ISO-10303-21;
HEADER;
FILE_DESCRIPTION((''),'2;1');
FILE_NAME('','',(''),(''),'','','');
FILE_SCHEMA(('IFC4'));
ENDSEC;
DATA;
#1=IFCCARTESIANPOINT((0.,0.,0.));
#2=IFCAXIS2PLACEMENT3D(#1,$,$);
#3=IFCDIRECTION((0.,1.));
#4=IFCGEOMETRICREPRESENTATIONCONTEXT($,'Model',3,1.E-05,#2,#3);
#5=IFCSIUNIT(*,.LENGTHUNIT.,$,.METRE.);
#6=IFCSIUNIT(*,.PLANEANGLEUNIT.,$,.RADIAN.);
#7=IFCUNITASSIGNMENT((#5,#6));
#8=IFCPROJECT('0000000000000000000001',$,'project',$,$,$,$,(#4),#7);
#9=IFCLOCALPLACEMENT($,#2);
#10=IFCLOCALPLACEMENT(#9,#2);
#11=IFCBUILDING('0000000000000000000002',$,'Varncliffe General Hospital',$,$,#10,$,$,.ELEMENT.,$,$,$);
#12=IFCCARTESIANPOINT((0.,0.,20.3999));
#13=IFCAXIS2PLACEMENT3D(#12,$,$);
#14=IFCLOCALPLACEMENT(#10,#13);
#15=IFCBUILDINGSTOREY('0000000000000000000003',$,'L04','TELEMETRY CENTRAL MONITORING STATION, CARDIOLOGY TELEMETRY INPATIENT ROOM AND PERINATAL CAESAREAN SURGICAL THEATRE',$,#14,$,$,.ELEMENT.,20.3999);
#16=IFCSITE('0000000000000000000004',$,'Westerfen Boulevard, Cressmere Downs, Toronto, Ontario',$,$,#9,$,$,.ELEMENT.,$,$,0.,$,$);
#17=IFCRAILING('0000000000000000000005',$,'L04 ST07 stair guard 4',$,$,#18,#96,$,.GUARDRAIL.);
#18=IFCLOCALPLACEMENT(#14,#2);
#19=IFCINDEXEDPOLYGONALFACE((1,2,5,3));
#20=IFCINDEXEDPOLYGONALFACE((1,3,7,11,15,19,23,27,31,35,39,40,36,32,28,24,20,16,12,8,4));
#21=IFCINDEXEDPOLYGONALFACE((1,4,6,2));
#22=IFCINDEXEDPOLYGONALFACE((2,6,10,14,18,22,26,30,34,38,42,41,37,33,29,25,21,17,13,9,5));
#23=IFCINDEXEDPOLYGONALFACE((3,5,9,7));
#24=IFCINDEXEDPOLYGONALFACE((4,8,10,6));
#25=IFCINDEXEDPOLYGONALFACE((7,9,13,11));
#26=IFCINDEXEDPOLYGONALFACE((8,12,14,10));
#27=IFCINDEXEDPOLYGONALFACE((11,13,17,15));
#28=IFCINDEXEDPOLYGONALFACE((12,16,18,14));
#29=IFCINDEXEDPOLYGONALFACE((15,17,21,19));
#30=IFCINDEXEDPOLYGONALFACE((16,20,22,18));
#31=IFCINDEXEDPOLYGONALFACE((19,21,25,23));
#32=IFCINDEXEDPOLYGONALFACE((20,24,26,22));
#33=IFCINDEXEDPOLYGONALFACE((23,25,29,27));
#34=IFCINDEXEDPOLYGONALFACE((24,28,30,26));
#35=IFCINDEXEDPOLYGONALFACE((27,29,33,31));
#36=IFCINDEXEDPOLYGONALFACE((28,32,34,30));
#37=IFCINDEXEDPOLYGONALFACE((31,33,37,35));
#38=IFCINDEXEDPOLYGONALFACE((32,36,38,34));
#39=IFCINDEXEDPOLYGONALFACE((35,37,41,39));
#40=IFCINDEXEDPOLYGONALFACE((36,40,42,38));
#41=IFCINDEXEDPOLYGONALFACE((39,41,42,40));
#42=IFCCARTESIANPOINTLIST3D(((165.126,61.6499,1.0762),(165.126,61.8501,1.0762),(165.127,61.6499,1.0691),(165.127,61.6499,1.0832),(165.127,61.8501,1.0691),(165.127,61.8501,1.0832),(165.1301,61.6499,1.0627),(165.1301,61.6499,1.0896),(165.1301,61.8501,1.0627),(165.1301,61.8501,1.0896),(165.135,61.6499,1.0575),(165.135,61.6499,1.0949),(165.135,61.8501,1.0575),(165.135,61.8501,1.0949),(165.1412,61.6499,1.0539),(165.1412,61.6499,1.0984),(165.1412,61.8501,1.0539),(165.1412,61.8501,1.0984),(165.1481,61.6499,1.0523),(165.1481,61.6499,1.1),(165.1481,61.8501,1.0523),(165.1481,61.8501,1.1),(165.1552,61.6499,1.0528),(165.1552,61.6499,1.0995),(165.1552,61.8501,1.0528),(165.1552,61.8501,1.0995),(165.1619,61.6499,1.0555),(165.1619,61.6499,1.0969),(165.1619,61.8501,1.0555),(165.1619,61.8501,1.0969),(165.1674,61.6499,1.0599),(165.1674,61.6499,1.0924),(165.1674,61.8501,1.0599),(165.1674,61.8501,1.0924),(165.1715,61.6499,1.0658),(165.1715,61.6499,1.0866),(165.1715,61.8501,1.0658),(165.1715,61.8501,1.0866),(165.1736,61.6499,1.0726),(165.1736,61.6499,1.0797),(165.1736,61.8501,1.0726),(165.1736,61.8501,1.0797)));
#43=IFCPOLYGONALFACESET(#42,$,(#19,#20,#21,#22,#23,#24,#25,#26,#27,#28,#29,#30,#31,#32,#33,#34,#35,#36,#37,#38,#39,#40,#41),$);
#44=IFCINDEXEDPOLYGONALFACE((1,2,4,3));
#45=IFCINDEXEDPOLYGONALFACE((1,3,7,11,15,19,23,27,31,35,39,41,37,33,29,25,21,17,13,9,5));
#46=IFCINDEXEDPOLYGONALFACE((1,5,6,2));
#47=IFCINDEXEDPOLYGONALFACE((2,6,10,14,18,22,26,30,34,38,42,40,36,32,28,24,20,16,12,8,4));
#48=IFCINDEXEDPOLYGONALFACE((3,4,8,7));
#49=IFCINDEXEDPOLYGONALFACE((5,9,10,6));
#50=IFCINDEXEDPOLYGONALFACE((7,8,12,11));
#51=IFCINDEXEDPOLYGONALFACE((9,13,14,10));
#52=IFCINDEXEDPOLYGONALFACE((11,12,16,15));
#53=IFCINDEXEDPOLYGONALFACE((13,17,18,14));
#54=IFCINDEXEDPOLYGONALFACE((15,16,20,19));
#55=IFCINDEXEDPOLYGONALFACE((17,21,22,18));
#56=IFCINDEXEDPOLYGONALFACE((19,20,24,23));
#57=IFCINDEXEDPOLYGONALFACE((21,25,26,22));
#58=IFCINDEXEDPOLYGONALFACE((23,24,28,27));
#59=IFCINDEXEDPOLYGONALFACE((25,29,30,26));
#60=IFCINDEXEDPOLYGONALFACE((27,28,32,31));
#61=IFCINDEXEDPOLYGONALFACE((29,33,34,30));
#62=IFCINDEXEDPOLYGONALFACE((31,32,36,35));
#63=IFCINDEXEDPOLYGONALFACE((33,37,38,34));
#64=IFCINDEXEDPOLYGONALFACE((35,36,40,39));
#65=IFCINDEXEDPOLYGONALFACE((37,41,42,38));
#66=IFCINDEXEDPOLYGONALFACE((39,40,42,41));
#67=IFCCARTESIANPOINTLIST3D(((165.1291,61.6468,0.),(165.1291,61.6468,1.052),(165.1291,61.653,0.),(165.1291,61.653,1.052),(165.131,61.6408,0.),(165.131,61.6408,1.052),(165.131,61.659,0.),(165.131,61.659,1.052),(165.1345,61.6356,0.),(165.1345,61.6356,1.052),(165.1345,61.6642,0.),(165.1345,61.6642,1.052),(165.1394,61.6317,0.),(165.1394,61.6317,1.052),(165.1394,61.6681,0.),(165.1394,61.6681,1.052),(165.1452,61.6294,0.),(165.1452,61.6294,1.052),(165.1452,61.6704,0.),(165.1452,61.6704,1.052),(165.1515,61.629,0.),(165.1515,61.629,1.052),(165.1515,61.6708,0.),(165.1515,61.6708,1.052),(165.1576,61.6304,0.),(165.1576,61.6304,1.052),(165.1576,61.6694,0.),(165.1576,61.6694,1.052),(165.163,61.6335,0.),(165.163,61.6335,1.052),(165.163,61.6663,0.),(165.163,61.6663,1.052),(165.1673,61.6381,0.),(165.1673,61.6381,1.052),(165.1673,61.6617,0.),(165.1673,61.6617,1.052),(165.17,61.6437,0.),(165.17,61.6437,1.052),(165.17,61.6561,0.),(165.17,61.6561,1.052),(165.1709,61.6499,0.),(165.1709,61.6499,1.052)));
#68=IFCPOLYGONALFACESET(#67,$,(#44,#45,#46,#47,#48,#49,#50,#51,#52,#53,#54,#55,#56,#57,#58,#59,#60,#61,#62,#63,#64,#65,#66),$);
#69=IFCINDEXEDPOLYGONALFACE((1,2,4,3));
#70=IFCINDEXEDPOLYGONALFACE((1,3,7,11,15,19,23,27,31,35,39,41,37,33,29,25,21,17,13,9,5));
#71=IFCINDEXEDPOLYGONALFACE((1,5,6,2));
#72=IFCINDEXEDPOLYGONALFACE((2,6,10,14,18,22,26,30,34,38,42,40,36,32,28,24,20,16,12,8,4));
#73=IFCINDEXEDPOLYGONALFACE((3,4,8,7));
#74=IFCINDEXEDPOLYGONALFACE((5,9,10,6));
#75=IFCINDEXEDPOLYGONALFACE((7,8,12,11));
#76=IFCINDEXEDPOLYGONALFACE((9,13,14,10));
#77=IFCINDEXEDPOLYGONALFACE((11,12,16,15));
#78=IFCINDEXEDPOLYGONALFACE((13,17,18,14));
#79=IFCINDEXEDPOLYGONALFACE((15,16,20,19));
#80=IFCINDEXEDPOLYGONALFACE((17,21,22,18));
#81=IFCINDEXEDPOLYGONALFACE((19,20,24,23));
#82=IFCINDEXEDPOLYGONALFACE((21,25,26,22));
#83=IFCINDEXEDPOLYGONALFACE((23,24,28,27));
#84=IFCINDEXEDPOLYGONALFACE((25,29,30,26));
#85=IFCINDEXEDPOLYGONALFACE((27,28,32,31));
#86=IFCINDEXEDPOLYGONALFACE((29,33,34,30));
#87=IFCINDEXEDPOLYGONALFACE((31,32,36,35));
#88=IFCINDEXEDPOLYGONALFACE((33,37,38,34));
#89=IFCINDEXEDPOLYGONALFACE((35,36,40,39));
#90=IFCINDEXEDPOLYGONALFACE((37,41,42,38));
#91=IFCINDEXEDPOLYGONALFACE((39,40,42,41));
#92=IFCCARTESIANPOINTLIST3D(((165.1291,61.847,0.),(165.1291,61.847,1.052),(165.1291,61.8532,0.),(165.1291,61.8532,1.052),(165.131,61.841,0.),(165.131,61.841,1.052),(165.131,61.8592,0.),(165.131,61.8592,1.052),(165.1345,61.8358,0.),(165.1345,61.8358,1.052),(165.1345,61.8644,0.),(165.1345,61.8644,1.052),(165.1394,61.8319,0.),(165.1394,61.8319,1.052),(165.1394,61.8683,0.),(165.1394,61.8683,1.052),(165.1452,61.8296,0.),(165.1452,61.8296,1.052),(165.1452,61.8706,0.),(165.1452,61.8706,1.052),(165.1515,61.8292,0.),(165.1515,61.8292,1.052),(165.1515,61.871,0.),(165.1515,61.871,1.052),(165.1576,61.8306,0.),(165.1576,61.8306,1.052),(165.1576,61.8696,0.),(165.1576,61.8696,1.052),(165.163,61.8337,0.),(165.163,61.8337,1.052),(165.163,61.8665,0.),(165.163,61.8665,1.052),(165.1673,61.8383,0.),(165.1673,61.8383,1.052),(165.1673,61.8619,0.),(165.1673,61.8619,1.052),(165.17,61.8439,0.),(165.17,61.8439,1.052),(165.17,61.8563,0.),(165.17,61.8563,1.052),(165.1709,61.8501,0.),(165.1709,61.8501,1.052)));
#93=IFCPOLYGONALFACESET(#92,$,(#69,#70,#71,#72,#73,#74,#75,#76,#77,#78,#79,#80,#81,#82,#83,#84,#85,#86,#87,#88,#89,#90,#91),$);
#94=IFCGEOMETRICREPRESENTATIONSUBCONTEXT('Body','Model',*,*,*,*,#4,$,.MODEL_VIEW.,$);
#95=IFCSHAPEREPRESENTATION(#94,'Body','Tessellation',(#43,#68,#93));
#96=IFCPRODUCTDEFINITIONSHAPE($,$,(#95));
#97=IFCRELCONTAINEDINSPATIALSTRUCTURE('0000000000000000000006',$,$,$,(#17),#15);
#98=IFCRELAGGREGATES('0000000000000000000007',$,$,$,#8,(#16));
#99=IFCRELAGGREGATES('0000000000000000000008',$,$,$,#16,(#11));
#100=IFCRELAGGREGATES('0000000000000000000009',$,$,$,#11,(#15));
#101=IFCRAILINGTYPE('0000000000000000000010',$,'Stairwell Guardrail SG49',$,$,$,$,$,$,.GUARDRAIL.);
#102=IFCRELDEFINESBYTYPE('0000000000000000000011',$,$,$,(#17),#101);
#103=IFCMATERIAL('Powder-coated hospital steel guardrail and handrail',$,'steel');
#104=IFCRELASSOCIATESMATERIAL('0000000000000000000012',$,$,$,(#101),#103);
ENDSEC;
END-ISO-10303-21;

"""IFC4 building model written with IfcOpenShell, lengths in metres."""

from ifc_helpers import new_model, si_unit, direction, frame, origin, origin_2d, place, context, subcontext, project, spatial, circle, extrude, material, type_object, element, save


model = new_model("IFC4")

# Units and contexts
model_context = context("Model", 3, precision=1e-05, world=origin(), true_north=direction((0.0, 1.0)))
body_context = subcontext(model_context, "Body", "Model", "MODEL_VIEW")
ifc_project = project(units=[si_unit("LENGTHUNIT", "METRE"), si_unit("PLANEANGLEUNIT", "RADIAN")], contexts=[model_context])

# Site, building, storey
site_placement = place(None, origin())
site = spatial("IfcSite", under=ifc_project, at=site_placement, Name="Westerfen Boulevard, Cressmere Downs, Toronto, Ontario", CompositionType="ELEMENT", RefElevation=0.0)
building_placement = place(site_placement, origin())
building = spatial("IfcBuilding", under=site, at=building_placement, Name="Varncliffe General Hospital", CompositionType="ELEMENT")
storey_placement = place(building_placement, frame((0.0, 0.0, 20.3999)))
storey = spatial("IfcBuildingStorey", under=building, at=storey_placement, Name="L04", Description="TELEMETRY CENTRAL MONITORING STATION, CARDIOLOGY TELEMETRY INPATIENT ROOM AND PERINATAL CAESAREAN SURGICAL THEATRE", CompositionType="ELEMENT", Elevation=20.3999)

# Railing
ifc_material_1 = material(Name="Powder-coated hospital steel guardrail and handrail", Category="steel")
railing_type_1 = type_object("IfcRailingType", Name="Stairwell Guardrail SG49", PredefinedType="GUARDRAIL", material=ifc_material_1)
railing_1_placement = place(storey_placement, frame((165.1499, 61.6499, 0.0)))
element("IfcRailing", 1, at=railing_1_placement, inside=storey, type_object=railing_type_1, Name="L04 ST07 stair guard 4", PredefinedType="GUARDRAIL", context=body_context, shape_type="SweptSolid", body=[
    extrude(circle(Radius=0.0239, at=origin_2d()), frame((0.0, 0.0, 1.0762), z_axis=(0.0, 1.0, 0.0), x_axis=(-1.0, 0.0, 0.0)), (0.0, 0.0, 1.0), 0.2002),
    extrude(circle(Radius=0.021, at=origin_2d()), origin(), (0.0, 0.0, 1.0), 1.052),
    extrude(circle(Radius=0.021, at=origin_2d()), frame((0.0, 0.2002, 0.0)), (0.0, 0.0, 1.0), 1.052),
])

save(model, "model.ifc")
